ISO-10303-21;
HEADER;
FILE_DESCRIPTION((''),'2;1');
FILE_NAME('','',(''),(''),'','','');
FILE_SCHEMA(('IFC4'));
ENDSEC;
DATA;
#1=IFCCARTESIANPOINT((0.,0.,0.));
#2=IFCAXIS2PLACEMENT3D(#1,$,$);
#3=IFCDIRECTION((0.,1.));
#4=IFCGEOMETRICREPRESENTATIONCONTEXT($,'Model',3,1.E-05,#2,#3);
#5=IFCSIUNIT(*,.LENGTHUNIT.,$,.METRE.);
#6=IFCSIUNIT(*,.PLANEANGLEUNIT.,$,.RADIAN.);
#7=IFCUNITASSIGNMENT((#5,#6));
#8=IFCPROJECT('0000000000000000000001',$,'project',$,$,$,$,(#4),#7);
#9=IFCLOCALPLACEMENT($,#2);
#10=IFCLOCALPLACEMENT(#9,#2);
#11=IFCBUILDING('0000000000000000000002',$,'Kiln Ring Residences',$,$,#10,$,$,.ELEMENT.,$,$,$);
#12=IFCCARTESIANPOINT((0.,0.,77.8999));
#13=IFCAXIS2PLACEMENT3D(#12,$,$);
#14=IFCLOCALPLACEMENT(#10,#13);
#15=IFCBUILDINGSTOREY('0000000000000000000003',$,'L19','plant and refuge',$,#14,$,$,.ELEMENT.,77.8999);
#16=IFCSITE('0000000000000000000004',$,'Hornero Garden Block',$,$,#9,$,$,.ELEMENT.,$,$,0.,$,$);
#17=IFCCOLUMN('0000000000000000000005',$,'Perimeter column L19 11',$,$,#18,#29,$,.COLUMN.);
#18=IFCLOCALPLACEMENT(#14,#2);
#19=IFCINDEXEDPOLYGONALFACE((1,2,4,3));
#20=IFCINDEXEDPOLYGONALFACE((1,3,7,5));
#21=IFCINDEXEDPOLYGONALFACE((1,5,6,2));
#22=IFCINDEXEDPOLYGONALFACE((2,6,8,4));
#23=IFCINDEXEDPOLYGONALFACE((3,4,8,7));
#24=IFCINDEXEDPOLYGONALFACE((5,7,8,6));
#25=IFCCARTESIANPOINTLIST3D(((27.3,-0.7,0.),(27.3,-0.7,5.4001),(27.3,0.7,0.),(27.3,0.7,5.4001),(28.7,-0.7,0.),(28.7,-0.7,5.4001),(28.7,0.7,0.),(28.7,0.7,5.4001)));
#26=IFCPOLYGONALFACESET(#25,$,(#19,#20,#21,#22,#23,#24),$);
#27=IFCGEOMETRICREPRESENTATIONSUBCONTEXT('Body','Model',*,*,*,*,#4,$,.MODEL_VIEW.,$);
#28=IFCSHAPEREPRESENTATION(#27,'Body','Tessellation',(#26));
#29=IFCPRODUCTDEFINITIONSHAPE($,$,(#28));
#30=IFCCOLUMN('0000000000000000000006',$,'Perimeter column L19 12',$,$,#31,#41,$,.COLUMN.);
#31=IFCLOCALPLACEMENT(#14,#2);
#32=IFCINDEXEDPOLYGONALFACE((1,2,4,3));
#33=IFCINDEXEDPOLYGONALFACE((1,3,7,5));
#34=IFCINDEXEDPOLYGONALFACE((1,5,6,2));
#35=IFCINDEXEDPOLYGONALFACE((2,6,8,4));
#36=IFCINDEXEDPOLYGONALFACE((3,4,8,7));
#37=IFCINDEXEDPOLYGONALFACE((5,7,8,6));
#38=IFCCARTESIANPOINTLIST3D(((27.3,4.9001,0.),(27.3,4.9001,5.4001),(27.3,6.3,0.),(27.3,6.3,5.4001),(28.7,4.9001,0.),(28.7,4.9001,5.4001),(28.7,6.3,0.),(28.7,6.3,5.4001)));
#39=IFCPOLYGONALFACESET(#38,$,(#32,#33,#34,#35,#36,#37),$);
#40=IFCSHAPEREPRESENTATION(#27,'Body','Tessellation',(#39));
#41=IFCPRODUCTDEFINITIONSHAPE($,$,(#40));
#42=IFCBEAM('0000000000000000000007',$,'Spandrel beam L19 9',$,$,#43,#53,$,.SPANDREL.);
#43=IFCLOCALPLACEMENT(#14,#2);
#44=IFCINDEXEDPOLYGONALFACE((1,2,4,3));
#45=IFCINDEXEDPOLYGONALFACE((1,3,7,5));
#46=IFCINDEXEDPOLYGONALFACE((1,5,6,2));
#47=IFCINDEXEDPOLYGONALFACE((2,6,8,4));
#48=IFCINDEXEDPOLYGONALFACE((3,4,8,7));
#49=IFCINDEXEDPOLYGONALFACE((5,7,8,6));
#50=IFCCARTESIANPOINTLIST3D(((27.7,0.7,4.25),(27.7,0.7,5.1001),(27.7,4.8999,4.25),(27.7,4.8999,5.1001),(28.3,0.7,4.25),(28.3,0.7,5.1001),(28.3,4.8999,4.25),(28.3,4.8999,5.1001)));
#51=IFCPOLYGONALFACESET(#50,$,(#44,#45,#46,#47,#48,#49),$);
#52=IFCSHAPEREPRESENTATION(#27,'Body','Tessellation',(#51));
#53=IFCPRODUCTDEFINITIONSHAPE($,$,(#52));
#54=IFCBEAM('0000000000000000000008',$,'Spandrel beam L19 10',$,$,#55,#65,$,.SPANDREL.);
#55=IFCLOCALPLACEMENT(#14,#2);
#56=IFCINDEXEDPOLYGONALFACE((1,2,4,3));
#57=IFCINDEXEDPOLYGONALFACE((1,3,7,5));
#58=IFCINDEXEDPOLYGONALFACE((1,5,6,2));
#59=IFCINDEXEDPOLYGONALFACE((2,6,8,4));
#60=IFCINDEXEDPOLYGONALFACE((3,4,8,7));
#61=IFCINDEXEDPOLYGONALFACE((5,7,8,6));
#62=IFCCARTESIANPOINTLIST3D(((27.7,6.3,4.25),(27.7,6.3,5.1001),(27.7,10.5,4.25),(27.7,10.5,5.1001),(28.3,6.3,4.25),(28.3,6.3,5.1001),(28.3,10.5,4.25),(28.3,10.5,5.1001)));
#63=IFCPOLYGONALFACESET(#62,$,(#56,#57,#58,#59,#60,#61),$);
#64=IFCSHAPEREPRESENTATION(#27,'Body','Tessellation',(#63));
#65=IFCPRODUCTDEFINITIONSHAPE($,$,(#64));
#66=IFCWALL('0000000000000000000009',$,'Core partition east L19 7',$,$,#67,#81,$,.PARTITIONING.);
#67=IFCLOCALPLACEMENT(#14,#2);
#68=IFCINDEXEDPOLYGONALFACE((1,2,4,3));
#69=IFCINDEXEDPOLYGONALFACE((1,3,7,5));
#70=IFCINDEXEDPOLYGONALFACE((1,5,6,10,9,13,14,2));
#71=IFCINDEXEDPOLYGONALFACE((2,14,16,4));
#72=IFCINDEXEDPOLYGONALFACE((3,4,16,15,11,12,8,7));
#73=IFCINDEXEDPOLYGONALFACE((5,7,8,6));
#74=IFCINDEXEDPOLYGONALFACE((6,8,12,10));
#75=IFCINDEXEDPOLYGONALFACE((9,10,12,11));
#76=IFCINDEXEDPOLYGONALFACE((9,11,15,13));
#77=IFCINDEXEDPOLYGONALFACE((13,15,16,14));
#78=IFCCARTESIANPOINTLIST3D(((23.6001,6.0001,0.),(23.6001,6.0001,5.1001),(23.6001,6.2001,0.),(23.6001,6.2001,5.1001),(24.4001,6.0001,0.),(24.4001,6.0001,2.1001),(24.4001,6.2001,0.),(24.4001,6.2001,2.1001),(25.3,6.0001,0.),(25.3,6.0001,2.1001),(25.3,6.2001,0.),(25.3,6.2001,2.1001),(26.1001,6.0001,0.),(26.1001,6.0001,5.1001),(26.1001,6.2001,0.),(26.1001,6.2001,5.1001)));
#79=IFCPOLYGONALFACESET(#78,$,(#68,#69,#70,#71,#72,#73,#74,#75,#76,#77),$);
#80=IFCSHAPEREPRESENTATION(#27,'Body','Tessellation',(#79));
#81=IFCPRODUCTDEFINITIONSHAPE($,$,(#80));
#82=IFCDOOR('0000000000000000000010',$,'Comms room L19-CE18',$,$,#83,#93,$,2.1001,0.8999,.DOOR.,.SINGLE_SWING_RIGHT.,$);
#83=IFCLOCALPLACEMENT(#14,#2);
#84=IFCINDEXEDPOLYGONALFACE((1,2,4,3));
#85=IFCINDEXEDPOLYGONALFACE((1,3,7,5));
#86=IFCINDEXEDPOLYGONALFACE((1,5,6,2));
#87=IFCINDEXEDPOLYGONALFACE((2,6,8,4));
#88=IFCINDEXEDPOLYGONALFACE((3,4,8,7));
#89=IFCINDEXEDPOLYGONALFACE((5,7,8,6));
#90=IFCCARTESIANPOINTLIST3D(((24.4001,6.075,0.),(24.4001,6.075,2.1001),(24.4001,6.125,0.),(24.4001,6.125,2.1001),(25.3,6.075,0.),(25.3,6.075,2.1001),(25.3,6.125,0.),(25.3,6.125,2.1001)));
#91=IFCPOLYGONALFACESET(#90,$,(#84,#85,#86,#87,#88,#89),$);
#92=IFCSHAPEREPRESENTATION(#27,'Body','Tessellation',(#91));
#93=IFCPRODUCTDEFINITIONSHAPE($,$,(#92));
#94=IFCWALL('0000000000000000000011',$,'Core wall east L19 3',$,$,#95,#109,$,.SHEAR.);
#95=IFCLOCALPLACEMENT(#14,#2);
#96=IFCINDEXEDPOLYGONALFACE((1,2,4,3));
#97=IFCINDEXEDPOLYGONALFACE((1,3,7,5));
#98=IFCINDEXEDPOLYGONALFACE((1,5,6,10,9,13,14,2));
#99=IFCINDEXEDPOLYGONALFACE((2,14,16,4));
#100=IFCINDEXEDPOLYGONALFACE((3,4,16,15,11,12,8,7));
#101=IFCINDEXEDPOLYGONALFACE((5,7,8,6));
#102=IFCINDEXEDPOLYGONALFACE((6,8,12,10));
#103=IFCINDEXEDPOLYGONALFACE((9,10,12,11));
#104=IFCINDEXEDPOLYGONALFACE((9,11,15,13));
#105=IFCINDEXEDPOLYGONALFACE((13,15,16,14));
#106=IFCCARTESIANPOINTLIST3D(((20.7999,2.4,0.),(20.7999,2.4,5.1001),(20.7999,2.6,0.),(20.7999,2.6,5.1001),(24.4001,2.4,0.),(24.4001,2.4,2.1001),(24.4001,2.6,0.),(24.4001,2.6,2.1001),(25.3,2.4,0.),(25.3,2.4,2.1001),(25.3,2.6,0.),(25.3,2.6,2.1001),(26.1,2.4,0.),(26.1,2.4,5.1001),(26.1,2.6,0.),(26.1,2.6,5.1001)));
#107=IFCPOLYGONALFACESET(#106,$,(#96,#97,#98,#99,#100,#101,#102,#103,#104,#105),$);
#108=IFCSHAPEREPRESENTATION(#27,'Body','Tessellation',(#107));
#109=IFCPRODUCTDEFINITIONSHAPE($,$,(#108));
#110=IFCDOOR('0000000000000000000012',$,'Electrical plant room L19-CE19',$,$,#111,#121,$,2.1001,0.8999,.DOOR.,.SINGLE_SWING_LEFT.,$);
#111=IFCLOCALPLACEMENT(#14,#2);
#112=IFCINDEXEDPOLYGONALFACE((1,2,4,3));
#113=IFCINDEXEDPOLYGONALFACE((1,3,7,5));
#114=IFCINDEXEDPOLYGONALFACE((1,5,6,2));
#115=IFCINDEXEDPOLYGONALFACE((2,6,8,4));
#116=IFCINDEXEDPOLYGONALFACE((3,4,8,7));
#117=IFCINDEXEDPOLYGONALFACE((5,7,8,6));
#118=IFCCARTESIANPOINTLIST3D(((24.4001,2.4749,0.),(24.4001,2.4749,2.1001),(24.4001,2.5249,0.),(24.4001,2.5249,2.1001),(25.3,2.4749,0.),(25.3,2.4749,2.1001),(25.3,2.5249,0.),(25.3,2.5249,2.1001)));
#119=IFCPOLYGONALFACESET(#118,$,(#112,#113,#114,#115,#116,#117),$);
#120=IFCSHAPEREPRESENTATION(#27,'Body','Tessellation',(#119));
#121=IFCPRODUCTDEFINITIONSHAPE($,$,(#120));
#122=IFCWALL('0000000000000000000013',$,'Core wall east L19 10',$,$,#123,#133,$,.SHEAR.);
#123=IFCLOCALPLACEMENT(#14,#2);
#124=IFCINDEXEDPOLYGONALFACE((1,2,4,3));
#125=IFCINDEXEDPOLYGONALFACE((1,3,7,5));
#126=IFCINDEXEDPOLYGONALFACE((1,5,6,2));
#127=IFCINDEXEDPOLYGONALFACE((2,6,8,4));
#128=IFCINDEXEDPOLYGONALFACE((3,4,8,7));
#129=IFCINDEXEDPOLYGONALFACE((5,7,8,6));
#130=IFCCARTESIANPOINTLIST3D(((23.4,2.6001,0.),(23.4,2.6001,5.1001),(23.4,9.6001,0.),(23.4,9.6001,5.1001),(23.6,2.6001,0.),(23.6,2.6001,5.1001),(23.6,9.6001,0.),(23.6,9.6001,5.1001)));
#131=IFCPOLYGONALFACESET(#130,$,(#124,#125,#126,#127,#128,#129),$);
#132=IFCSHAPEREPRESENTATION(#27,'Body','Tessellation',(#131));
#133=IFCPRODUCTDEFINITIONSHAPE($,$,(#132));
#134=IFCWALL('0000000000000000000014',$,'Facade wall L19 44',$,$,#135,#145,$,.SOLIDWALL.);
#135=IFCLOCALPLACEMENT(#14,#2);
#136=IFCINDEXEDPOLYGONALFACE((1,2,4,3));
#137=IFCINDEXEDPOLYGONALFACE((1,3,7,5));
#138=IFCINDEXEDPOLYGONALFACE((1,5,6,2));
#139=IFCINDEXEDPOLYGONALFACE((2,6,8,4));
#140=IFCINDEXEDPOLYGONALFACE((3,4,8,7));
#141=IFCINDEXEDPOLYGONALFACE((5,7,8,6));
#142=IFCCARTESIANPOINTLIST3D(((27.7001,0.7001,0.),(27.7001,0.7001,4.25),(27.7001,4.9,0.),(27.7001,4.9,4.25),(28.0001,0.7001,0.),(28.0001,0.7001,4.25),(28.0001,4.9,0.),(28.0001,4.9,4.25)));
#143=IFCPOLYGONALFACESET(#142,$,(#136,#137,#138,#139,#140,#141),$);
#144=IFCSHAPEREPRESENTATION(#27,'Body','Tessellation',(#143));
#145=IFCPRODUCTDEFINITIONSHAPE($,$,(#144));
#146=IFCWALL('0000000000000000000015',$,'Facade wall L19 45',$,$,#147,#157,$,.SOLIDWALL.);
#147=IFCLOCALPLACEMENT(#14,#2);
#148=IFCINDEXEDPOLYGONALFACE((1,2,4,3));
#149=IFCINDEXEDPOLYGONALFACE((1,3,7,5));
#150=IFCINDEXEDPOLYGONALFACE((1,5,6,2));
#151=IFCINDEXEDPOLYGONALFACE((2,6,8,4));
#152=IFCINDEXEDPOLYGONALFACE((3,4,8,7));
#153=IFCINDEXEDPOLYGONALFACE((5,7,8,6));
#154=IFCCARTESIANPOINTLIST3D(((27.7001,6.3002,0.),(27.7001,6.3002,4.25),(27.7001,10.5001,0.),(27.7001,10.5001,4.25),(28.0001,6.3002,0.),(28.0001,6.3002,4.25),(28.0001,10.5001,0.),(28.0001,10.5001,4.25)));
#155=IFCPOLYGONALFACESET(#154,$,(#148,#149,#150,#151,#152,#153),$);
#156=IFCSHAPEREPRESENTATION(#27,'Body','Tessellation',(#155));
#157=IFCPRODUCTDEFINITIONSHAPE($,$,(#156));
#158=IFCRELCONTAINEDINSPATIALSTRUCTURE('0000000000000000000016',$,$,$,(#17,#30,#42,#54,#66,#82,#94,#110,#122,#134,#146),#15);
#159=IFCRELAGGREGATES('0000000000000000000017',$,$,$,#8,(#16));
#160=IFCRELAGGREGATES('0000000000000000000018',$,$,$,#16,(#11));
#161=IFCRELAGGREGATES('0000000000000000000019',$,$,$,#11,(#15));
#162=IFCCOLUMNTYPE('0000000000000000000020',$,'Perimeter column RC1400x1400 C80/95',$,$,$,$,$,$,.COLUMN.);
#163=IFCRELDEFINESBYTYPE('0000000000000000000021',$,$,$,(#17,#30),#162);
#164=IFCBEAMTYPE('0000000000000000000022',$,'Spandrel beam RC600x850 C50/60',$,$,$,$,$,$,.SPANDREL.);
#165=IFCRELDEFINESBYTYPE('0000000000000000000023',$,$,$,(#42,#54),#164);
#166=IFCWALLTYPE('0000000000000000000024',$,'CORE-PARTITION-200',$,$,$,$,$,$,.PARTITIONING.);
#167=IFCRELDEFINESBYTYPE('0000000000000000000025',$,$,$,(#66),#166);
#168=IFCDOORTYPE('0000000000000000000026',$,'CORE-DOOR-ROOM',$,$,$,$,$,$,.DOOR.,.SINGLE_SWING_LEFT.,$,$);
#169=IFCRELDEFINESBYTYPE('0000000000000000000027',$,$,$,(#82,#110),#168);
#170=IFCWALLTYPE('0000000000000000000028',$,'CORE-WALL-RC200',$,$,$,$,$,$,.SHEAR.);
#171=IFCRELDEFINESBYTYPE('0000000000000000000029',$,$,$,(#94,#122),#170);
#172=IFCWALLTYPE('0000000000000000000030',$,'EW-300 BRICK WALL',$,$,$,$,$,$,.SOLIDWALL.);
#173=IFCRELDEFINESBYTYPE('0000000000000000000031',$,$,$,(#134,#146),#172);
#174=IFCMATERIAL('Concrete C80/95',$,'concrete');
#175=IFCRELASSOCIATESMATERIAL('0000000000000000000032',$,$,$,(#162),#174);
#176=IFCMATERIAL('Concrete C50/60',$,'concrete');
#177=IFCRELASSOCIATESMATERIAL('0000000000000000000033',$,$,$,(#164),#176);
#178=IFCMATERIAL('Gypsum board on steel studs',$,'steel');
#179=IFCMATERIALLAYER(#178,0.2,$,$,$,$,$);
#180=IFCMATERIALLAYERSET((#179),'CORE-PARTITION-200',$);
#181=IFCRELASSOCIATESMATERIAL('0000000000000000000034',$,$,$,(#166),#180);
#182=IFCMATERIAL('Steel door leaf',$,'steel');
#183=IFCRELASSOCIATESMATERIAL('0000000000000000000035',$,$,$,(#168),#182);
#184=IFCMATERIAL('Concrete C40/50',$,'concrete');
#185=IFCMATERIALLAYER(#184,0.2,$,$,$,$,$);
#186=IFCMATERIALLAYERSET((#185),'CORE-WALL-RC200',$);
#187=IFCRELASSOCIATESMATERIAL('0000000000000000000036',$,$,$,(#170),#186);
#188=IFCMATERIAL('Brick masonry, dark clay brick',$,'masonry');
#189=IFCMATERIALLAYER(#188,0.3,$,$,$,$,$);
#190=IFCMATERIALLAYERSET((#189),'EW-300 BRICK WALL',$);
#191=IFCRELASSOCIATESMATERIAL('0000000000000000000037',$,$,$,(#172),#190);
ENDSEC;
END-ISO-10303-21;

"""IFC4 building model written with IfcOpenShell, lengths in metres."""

from ifc_helpers import new_model, si_unit, direction, frame, frame_2d, origin, origin_2d, place, context, subcontext, project, spatial, rectangle, extrude, material, layer, layer_set, material_profile, profile_set, type_object, element, fill, save


model = new_model("IFC4")

# Units and contexts
model_context = context("Model", 3, precision=1e-05, world=origin(), true_north=direction((0.0, 1.0)))
body_context = subcontext(model_context, "Body", "Model", "MODEL_VIEW")
ifc_project = project(units=[si_unit("LENGTHUNIT", "METRE"), si_unit("PLANEANGLEUNIT", "RADIAN")], contexts=[model_context])

# Site, building, storey
site_placement = place(None, origin())
site = spatial("IfcSite", under=ifc_project, at=site_placement, Name="Hornero Garden Block", CompositionType="ELEMENT", RefElevation=0.0)
building_placement = place(site_placement, origin())
building = spatial("IfcBuilding", under=site, at=building_placement, Name="Kiln Ring Residences", CompositionType="ELEMENT")
storey_placement = place(building_placement, frame((0.0, 0.0, 77.8999)))
storey = spatial("IfcBuildingStorey", under=building, at=storey_placement, Name="L19", Description="plant and refuge", CompositionType="ELEMENT", Elevation=77.8999)

# Columns
ifc_material_1 = material(Name="Concrete C80/95", Category="concrete")
ifc_material_profile_1 = material_profile(ifc_material_1, rectangle(XDim=1.3999, YDim=1.3999, at=origin_2d()), Name="RC1400x1400")
ifc_profile_set_1 = profile_set([ifc_material_profile_1], Name="Concrete C80/95")
column_type = type_object("IfcColumnType", Name="Perimeter column RC1400x1400 C80/95", PredefinedType="COLUMN", material=ifc_profile_set_1)
for number, where, z_axis, x_axis, name in (
    (1, (28.0, 0.0, 0.0), (0.0, 0.0, 1.0), (1.0, 0.0, 0.0), "Perimeter column L19 11"),
    (2, (28.0, 5.6001, 0.0), (0.0, 0.0, 1.0), (1.0, 0.0, 0.0), "Perimeter column L19 12"),
):
    element("IfcColumn", number, at=place(storey_placement, frame(where, z_axis=z_axis, x_axis=x_axis)), inside=storey, type_object=column_type, Name=name, PredefinedType="COLUMN", context=body_context, shape_type="SweptSolid", body=[
        extrude(rectangle(XDim=1.3999, YDim=1.3999, at=origin_2d()), origin(), (0.0, 0.0, 1.0), 5.4001),
    ])

# Beams
ifc_material_2 = material(Name="Concrete C50/60", Category="concrete")
ifc_material_profile_2 = material_profile(ifc_material_2, rectangle(XDim=0.6001, YDim=0.8501, at=origin_2d()), Name="RC600x850")
ifc_profile_set_2 = profile_set([ifc_material_profile_2], Name="Concrete C50/60")
beam_type = type_object("IfcBeamType", Name="Spandrel beam RC600x850 C50/60", PredefinedType="SPANDREL", material=ifc_profile_set_2)
for number, where, z_axis, x_axis, name in (
    (3, (28.0, 0.7, 4.675), (0.0, 1.0, 0.0), (-1.0, 0.0, 0.0), "Spandrel beam L19 9"),
    (4, (28.0, 6.3, 4.675), (0.0, 1.0, 0.0), (-1.0, 0.0, 0.0), "Spandrel beam L19 10"),
):
    element("IfcBeam", number, at=place(storey_placement, frame(where, z_axis=z_axis, x_axis=x_axis)), inside=storey, type_object=beam_type, Name=name, PredefinedType="SPANDREL", context=body_context, shape_type="SweptSolid", body=[
        extrude(rectangle(XDim=0.6001, YDim=0.8501, at=origin_2d()), origin(), (0.0, 0.0, 1.0), 4.2),
    ])

# Walls, openings, doors
ifc_material_3 = material(Name="Gypsum board on steel studs", Category="steel")
ifc_layer_1 = layer(ifc_material_3, 0.2)
ifc_layer_set_1 = layer_set([ifc_layer_1], Name="CORE-PARTITION-200")
wall_type_1 = type_object("IfcWallType", Name="CORE-PARTITION-200", PredefinedType="PARTITIONING", material=ifc_layer_set_1)
wall_1_placement = place(storey_placement, frame((23.6001, 6.1001, 0.0), z_axis=(0.0, 0.0, 1.0), x_axis=(1.0, 0.0, 0.0)))
wall_1 = element("IfcWall", 5, at=wall_1_placement, inside=storey, type_object=wall_type_1, Name="Core partition east L19 7", PredefinedType="PARTITIONING", context=body_context, shape_type="SweptSolid", body=[
    extrude(rectangle(XDim=2.5, YDim=0.2, at=frame_2d((1.25, 0.0))), origin(), (0.0, 0.0, 1.0), 5.1001),
])
opening_1_placement = place(wall_1_placement, frame((0.8, 0.0, 0.0)))
opening_1 = element("IfcOpeningElement", 6, at=opening_1_placement, cuts=wall_1, PredefinedType="OPENING", context=body_context, shape_type="SweptSolid", body=[
    extrude(rectangle(XDim=0.8999, YDim=2.1001, at=frame_2d((0.45, 1.05))), frame((0.0, 0.1099, 0.0), z_axis=(0.0, -1.0, 0.0), x_axis=(1.0, 0.0, 0.0)), (0.0, 0.0, 1.0), 0.22),
])
ifc_material_4 = material(Name="Steel door leaf", Category="steel")
door_type = type_object("IfcDoorType", Name="CORE-DOOR-ROOM", OperationType="SINGLE_SWING_LEFT", PredefinedType="DOOR", material=ifc_material_4)
door_1_placement = place(opening_1_placement, origin())
door_1 = element("IfcDoor", 7, at=door_1_placement, inside=storey, type_object=door_type, Name="Comms room L19-CE18", OperationType="SINGLE_SWING_RIGHT", OverallHeight=2.1001, OverallWidth=0.8999, PredefinedType="DOOR", context=body_context, shape_type="SweptSolid", body=[
    extrude(rectangle(XDim=0.8999, YDim=2.1001, at=frame_2d((0.45, 1.05))), frame((0.0, 0.0249, 0.0), z_axis=(0.0, -1.0, 0.0), x_axis=(1.0, 0.0, 0.0)), (0.0, 0.0, 1.0), 0.05),
])
fill(opening_1, door_1)
ifc_material_5 = material(Name="Concrete C40/50", Category="concrete")
ifc_layer_2 = layer(ifc_material_5, 0.2)
ifc_layer_set_2 = layer_set([ifc_layer_2], Name="CORE-WALL-RC200")
wall_type_2 = type_object("IfcWallType", Name="CORE-WALL-RC200", PredefinedType="SHEAR", material=ifc_layer_set_2)
wall_2_placement = place(storey_placement, frame((20.8, 2.5, 0.0), z_axis=(0.0, 0.0, 1.0), x_axis=(1.0, 0.0, 0.0)))
wall_2 = element("IfcWall", 8, at=wall_2_placement, inside=storey, type_object=wall_type_2, Name="Core wall east L19 3", PredefinedType="SHEAR", context=body_context, shape_type="SweptSolid", body=[
    extrude(rectangle(XDim=5.3, YDim=0.2, at=frame_2d((2.6499, 0.0))), origin(), (0.0, 0.0, 1.0), 5.1001),
])
opening_2_placement = place(wall_2_placement, frame((3.6001, 0.0, 0.0)))
opening_2 = element("IfcOpeningElement", 9, at=opening_2_placement, cuts=wall_2, PredefinedType="OPENING", context=body_context, shape_type="SweptSolid", body=[
    extrude(rectangle(XDim=0.8999, YDim=2.1001, at=frame_2d((0.45, 1.05))), frame((0.0, 0.1099, 0.0), z_axis=(0.0, -1.0, 0.0), x_axis=(1.0, 0.0, 0.0)), (0.0, 0.0, 1.0), 0.22),
])
door_2_placement = place(opening_2_placement, origin())
door_2 = element("IfcDoor", 10, at=door_2_placement, inside=storey, type_object=door_type, Name="Electrical plant room L19-CE19", OperationType="SINGLE_SWING_LEFT", OverallHeight=2.1001, OverallWidth=0.8999, PredefinedType="DOOR", context=body_context, shape_type="SweptSolid", body=[
    extrude(rectangle(XDim=0.8999, YDim=2.1001, at=frame_2d((0.45, 1.05))), frame((0.0, 0.0249, 0.0), z_axis=(0.0, -1.0, 0.0), x_axis=(1.0, 0.0, 0.0)), (0.0, 0.0, 1.0), 0.05),
])
fill(opening_2, door_2)

# Walls
wall_3_placement = place(storey_placement, frame((23.5, 2.6001, 0.0), z_axis=(0.0, 0.0, 1.0), x_axis=(0.0, 1.0, 0.0)))
element("IfcWall", 11, at=wall_3_placement, inside=storey, type_object=wall_type_2, Name="Core wall east L19 10", PredefinedType="SHEAR", context=body_context, shape_type="SweptSolid", body=[
    extrude(rectangle(XDim=7.0, YDim=0.2, at=frame_2d((3.5, 0.0))), origin(), (0.0, 0.0, 1.0), 5.1001),
])
ifc_material_6 = material(Name="Brick masonry, dark clay brick", Category="masonry")
ifc_layer_3 = layer(ifc_material_6, 0.3)
ifc_layer_set_3 = layer_set([ifc_layer_3], Name="EW-300 BRICK WALL")
wall_type_3 = type_object("IfcWallType", Name="EW-300 BRICK WALL", PredefinedType="SOLIDWALL", material=ifc_layer_set_3)
for number, where, z_axis, x_axis, name in (
    (12, (27.8501, 0.7, 0.0), (0.0, 0.0, 1.0), (0.0, 1.0, 0.0), "Facade wall L19 44"),
    (13, (27.8501, 6.3, 0.0), (0.0, 0.0, 1.0), (0.0, 1.0, 0.0), "Facade wall L19 45"),
):
    element("IfcWall", number, at=place(storey_placement, frame(where, z_axis=z_axis, x_axis=x_axis)), inside=storey, type_object=wall_type_3, Name=name, PredefinedType="SOLIDWALL", context=body_context, shape_type="SweptSolid", body=[
        extrude(rectangle(XDim=4.2, YDim=0.3, at=frame_2d((2.1001, 0.0))), origin(), (0.0, 0.0, 1.0), 4.25),
    ])

save(model, "model.ifc")
